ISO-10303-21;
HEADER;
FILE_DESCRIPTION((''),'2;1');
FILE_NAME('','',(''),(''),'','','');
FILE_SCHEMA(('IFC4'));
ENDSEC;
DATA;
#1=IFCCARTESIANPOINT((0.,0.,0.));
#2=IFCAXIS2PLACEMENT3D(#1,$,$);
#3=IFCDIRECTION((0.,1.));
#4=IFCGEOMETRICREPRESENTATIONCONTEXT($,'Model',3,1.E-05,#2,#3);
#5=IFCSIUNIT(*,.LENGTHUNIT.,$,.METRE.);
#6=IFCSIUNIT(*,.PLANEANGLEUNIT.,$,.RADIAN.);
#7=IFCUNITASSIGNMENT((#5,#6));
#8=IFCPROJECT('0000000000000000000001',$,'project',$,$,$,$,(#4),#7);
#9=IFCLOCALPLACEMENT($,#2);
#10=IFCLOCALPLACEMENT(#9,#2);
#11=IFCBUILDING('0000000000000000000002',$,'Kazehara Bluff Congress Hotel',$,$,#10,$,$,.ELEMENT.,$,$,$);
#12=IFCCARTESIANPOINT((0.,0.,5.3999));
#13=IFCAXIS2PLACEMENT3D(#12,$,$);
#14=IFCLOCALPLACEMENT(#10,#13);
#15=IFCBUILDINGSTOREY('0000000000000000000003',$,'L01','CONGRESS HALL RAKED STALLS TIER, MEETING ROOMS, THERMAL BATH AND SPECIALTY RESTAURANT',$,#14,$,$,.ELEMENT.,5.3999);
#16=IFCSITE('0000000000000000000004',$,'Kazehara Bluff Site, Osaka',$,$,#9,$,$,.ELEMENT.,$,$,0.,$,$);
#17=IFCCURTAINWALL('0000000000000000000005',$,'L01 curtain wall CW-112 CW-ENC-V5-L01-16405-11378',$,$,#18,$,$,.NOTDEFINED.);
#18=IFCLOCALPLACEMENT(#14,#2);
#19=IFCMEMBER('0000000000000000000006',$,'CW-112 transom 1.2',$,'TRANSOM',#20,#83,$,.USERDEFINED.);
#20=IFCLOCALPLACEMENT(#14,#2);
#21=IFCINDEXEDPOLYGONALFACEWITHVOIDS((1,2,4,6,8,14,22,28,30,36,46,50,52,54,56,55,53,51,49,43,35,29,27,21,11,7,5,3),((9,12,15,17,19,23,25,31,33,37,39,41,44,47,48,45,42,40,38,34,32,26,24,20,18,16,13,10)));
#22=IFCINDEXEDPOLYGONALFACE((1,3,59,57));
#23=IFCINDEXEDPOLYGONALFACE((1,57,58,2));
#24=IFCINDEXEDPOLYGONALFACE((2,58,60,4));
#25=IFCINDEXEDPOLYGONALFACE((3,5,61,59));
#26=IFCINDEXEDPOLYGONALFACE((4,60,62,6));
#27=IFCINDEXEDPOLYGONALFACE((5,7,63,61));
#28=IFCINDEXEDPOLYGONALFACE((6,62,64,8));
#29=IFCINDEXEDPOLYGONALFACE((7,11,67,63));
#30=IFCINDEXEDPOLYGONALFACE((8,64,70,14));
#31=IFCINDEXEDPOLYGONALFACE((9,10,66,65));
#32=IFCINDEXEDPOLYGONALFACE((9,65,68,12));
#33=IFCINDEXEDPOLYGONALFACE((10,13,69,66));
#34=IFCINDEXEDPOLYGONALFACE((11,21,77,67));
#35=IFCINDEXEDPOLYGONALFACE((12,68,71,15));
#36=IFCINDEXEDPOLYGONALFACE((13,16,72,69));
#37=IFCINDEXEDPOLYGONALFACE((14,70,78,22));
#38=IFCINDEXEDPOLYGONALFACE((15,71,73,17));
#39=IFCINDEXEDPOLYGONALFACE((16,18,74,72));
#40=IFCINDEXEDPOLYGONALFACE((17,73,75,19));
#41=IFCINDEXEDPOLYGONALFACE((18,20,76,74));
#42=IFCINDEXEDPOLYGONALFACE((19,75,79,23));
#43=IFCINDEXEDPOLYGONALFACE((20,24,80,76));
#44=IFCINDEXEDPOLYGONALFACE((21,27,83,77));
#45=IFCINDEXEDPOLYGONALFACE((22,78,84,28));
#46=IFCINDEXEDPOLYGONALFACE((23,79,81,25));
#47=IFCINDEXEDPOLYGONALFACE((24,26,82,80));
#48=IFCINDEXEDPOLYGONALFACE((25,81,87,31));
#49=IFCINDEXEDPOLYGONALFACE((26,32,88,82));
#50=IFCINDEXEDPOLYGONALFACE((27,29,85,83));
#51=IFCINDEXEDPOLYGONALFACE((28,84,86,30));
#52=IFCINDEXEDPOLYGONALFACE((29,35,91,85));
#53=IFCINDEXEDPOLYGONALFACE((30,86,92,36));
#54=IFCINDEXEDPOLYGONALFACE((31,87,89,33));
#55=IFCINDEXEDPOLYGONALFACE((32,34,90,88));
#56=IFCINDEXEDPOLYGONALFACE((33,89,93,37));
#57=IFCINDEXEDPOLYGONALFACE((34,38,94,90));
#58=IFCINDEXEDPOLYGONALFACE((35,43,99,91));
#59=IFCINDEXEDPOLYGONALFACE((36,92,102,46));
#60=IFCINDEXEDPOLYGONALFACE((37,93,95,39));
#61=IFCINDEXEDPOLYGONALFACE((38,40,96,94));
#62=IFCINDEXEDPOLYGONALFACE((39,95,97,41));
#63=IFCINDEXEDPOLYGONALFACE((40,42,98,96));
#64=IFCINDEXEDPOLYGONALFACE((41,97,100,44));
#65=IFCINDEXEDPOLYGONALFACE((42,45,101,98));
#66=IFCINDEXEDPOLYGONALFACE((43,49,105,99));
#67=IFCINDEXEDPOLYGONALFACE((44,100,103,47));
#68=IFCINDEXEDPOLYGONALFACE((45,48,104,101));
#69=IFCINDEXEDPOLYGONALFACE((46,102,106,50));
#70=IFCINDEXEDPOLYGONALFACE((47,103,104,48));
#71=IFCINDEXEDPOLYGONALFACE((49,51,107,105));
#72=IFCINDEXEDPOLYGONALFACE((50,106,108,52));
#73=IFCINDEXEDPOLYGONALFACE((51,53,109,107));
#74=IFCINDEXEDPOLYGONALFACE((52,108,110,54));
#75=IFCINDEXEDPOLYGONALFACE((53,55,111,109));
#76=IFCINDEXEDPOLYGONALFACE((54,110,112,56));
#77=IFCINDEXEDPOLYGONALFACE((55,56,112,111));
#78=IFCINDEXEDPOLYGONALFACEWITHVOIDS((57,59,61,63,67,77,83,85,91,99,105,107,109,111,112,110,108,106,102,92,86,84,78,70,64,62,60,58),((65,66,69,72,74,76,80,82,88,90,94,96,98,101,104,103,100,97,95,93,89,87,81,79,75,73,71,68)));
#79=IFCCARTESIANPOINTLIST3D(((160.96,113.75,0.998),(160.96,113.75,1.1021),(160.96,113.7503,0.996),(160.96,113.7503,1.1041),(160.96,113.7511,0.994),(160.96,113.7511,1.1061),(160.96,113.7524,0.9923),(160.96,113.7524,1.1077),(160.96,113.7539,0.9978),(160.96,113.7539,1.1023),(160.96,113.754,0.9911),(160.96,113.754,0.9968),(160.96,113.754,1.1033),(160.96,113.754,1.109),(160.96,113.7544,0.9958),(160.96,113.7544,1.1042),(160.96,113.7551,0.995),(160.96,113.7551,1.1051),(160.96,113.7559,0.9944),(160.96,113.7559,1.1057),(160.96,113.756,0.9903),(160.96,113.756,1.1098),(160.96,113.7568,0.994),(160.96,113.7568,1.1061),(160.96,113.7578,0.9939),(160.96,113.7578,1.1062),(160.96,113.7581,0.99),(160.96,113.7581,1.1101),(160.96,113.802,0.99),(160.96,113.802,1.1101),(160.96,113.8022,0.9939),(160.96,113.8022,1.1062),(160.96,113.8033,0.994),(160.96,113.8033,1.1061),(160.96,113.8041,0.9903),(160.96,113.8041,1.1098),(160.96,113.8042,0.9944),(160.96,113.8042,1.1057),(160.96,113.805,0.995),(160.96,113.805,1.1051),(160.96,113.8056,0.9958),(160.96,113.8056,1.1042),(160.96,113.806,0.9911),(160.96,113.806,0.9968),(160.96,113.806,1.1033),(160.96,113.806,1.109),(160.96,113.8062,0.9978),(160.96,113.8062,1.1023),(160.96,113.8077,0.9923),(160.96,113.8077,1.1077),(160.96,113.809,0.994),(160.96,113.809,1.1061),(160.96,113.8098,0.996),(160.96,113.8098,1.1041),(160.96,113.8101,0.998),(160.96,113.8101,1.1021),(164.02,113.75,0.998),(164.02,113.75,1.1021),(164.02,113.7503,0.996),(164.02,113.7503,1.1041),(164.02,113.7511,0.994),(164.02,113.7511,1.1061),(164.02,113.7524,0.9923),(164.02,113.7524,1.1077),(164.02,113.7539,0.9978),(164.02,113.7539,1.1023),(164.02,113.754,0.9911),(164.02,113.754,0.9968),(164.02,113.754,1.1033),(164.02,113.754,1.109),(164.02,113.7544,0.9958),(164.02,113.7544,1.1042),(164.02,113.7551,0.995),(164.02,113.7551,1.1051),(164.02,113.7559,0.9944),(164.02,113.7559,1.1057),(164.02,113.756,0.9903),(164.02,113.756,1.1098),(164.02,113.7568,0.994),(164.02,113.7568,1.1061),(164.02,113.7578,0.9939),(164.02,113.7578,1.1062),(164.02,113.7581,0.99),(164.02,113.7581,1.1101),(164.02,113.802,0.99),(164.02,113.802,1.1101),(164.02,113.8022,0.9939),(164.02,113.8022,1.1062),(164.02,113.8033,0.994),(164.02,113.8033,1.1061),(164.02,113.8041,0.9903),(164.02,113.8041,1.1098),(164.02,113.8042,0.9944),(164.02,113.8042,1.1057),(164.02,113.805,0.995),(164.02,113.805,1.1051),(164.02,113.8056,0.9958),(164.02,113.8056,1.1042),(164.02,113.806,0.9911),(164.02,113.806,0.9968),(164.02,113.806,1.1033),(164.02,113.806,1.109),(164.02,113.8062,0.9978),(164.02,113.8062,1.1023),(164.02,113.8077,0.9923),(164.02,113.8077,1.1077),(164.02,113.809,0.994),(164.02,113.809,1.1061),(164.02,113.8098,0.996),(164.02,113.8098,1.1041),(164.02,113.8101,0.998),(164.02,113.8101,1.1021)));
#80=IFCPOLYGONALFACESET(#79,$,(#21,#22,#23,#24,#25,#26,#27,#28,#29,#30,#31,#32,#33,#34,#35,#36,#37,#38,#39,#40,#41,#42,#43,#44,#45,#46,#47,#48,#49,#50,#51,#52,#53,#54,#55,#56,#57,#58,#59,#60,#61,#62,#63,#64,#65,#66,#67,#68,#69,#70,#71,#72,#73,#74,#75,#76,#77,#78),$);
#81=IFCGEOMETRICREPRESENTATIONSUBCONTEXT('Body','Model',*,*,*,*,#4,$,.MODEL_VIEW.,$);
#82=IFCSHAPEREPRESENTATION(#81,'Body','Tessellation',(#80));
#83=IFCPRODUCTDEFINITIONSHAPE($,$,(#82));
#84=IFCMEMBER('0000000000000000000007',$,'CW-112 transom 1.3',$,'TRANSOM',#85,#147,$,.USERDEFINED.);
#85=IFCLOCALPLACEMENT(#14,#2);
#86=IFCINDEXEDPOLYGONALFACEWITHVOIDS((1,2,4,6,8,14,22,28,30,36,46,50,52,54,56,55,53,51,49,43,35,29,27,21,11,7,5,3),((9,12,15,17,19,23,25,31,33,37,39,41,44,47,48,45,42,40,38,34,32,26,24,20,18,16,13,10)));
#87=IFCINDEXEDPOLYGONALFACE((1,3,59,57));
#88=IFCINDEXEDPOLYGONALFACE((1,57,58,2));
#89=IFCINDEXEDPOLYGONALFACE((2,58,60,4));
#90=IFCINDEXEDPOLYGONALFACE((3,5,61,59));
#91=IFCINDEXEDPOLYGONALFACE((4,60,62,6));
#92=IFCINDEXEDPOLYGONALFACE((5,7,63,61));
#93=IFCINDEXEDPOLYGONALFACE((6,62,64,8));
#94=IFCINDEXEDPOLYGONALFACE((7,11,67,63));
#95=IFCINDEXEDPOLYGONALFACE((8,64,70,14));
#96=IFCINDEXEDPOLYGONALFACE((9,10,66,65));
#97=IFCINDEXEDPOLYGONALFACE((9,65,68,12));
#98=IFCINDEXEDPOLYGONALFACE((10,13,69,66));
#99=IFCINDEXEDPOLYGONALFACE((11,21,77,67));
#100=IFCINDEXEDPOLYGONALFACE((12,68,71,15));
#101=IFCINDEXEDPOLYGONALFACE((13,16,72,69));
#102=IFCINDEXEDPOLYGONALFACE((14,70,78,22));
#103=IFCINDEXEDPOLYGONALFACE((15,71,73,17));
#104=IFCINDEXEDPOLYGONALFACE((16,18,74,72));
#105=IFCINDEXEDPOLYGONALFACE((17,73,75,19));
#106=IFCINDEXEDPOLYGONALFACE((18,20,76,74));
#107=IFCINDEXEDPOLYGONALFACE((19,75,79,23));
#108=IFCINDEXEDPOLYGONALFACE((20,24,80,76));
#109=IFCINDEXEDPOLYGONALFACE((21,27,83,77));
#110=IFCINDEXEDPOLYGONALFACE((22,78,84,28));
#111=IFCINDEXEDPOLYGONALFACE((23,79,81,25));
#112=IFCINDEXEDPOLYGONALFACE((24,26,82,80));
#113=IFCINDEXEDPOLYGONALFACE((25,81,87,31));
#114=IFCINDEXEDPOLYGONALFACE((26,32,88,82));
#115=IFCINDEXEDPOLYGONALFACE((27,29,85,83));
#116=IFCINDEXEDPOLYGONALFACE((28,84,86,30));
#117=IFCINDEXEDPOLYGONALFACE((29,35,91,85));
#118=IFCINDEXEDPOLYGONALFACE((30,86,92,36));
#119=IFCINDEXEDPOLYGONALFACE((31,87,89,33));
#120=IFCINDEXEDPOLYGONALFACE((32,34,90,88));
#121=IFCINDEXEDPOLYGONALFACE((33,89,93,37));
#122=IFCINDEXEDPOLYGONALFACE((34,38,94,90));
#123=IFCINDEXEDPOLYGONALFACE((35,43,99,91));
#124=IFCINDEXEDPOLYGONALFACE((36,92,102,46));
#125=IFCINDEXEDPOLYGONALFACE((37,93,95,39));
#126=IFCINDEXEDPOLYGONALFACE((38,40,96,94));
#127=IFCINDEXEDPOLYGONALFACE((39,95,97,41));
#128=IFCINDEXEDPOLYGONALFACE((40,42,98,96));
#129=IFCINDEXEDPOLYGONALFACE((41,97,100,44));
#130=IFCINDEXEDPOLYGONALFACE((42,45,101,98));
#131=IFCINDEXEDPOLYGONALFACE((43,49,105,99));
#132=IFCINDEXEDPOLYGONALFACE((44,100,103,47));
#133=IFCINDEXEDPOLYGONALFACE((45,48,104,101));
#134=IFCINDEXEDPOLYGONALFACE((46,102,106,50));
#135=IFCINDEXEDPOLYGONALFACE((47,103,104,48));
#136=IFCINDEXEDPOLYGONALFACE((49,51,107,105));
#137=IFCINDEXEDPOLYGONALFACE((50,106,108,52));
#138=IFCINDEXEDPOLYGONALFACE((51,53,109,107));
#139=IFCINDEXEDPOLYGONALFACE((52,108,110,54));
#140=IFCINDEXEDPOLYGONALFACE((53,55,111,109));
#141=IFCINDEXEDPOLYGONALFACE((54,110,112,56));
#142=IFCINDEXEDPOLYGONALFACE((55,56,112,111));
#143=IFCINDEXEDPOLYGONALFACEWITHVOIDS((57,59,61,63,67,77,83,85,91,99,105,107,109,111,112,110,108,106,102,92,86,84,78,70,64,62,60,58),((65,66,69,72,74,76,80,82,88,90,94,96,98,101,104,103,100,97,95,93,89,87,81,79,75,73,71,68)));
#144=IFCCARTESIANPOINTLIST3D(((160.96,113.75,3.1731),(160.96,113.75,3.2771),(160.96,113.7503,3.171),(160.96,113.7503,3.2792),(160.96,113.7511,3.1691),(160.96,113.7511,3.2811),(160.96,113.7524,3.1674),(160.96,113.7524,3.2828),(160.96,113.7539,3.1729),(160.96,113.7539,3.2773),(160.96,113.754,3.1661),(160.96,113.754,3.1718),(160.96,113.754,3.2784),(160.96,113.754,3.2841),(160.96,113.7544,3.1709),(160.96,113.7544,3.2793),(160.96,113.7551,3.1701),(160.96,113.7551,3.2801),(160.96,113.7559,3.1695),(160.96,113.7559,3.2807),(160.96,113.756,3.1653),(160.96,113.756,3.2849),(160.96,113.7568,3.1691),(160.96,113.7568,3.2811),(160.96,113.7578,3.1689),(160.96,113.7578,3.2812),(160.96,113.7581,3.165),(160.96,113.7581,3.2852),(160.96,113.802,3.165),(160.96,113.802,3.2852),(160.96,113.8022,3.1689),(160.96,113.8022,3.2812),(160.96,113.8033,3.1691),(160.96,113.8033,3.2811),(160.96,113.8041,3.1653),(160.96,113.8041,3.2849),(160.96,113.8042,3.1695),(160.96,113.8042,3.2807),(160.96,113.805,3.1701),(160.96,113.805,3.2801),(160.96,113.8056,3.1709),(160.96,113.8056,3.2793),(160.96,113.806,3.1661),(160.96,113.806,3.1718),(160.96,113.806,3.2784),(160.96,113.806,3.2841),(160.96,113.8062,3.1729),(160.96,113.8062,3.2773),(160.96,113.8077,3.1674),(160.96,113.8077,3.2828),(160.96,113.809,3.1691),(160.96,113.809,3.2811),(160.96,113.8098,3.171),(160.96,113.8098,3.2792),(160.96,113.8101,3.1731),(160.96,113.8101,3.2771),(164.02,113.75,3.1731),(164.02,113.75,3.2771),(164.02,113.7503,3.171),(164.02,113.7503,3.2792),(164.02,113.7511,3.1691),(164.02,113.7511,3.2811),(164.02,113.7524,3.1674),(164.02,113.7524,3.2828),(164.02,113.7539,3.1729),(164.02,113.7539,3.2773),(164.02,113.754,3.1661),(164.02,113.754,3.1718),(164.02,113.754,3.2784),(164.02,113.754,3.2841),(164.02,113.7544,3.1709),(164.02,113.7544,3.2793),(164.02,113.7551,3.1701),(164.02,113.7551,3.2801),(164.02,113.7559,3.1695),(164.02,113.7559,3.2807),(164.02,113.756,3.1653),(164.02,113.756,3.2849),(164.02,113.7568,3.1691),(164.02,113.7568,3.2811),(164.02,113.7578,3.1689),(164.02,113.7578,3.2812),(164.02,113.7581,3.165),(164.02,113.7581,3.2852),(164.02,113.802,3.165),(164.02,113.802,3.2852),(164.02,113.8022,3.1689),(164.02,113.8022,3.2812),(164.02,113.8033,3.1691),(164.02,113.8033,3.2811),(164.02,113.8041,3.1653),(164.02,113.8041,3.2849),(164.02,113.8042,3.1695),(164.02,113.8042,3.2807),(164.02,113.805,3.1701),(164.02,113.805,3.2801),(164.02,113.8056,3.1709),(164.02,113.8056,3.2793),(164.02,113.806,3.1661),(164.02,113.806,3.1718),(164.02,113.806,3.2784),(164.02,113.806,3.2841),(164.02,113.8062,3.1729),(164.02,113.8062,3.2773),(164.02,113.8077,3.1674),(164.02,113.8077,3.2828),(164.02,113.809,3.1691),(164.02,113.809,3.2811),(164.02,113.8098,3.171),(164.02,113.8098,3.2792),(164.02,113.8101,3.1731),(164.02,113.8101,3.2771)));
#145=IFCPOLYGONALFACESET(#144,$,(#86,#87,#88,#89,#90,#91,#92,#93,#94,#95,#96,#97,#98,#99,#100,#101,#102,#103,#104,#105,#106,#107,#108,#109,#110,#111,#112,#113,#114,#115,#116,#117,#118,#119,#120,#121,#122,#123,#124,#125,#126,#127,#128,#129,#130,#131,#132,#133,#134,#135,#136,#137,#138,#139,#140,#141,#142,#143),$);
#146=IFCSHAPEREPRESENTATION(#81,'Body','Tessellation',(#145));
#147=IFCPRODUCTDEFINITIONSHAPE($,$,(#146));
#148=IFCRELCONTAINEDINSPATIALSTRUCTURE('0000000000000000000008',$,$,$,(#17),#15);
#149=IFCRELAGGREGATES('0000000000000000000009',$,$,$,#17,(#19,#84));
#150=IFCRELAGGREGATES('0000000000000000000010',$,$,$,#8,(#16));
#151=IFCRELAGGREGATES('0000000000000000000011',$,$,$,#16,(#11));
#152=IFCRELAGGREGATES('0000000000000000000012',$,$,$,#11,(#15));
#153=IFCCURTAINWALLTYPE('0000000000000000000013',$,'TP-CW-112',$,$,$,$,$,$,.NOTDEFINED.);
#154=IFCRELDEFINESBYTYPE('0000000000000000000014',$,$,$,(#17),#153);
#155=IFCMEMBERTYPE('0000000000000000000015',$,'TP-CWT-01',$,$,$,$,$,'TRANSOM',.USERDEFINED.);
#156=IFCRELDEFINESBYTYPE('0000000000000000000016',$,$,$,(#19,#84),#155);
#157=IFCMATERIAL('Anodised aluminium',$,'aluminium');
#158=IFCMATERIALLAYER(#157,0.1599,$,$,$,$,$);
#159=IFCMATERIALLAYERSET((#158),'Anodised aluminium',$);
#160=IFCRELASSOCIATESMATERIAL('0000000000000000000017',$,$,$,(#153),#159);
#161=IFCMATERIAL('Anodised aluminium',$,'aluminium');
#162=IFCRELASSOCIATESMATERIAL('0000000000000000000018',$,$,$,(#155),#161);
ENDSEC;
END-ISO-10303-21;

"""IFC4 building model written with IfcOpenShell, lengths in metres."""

from ifc_helpers import new_model, si_unit, direction, frame, origin, origin_2d, place, context, subcontext, project, spatial, hollow_rectangle, extrude, material, layer, layer_set, material_profile, profile_set, type_object, element, aggregate, save


model = new_model("IFC4")

# Units and contexts
model_context = context("Model", 3, precision=1e-05, world=origin(), true_north=direction((0.0, 1.0)))
body_context = subcontext(model_context, "Body", "Model", "MODEL_VIEW")
ifc_project = project(units=[si_unit("LENGTHUNIT", "METRE"), si_unit("PLANEANGLEUNIT", "RADIAN")], contexts=[model_context])

# Site, building, storey
site_placement = place(None, origin())
site = spatial("IfcSite", under=ifc_project, at=site_placement, Name="Kazehara Bluff Site, Osaka", CompositionType="ELEMENT", RefElevation=0.0)
building_placement = place(site_placement, origin())
building = spatial("IfcBuilding", under=site, at=building_placement, Name="Kazehara Bluff Congress Hotel", CompositionType="ELEMENT")
storey_placement = place(building_placement, frame((0.0, 0.0, 5.3999)))
storey = spatial("IfcBuildingStorey", under=building, at=storey_placement, Name="L01", Description="CONGRESS HALL RAKED STALLS TIER, MEETING ROOMS, THERMAL BATH AND SPECIALTY RESTAURANT", CompositionType="ELEMENT", Elevation=5.3999)

# Curtain wall
ifc_material_1 = material(Name="Anodised aluminium", Category="aluminium")
ifc_layer_1 = layer(ifc_material_1, 0.1599)
ifc_layer_set_1 = layer_set([ifc_layer_1], Name="Anodised aluminium")
curtain_wall_type_1 = type_object("IfcCurtainWallType", Name="TP-CW-112", PredefinedType="NOTDEFINED", material=ifc_layer_set_1)
curtain_wall_1_placement = place(storey_placement, origin())
curtain_wall_1 = element("IfcCurtainWall", 1, at=curtain_wall_1_placement, inside=storey, type_object=curtain_wall_type_1, Name="L01 curtain wall CW-112 CW-ENC-V5-L01-16405-11378", PredefinedType="NOTDEFINED")

# Members
ifc_material_2 = material(Name="Anodised aluminium", Category="aluminium")
ifc_material_profile_1 = material_profile(ifc_material_2, hollow_rectangle(XDim=0.0601, YDim=0.1201, WallThickness=0.0039, InnerFilletRadius=0.0039, OuterFilletRadius=0.0081, at=origin_2d()))
ifc_profile_set_1 = profile_set([ifc_material_profile_1], Name="Anodised aluminium")
member_type_1 = type_object("IfcMemberType", Name="TP-CWT-01", ElementType="TRANSOM", PredefinedType="USERDEFINED", material=ifc_profile_set_1)
member_1_placement = place(storey_placement, frame((160.96, 113.78, 1.05), z_axis=(1.0, 0.0, 0.0), x_axis=(0.0, 1.0, 0.0)))
member_1 = element("IfcMember", 2, at=member_1_placement, type_object=member_type_1, Name="CW-112 transom 1.2", ObjectType="TRANSOM", PredefinedType="USERDEFINED", context=body_context, shape_type="SweptSolid", body=[
    extrude(hollow_rectangle(XDim=0.0601, YDim=0.1201, WallThickness=0.0039, InnerFilletRadius=0.0039, OuterFilletRadius=0.0081, at=origin_2d()), origin(), (0.0, 0.0, 1.0), 3.0601),
])
member_2_placement = place(storey_placement, frame((160.96, 113.78, 3.2251), z_axis=(1.0, 0.0, 0.0), x_axis=(0.0, 1.0, 0.0)))
member_2 = element("IfcMember", 3, at=member_2_placement, type_object=member_type_1, Name="CW-112 transom 1.3", ObjectType="TRANSOM", PredefinedType="USERDEFINED", context=body_context, shape_type="SweptSolid", body=[
    extrude(hollow_rectangle(XDim=0.0601, YDim=0.1201, WallThickness=0.0039, InnerFilletRadius=0.0039, OuterFilletRadius=0.0081, at=origin_2d()), origin(), (0.0, 0.0, 1.0), 3.0601),
])

aggregate(curtain_wall_1, [member_1, member_2])

save(model, "model.ifc")
